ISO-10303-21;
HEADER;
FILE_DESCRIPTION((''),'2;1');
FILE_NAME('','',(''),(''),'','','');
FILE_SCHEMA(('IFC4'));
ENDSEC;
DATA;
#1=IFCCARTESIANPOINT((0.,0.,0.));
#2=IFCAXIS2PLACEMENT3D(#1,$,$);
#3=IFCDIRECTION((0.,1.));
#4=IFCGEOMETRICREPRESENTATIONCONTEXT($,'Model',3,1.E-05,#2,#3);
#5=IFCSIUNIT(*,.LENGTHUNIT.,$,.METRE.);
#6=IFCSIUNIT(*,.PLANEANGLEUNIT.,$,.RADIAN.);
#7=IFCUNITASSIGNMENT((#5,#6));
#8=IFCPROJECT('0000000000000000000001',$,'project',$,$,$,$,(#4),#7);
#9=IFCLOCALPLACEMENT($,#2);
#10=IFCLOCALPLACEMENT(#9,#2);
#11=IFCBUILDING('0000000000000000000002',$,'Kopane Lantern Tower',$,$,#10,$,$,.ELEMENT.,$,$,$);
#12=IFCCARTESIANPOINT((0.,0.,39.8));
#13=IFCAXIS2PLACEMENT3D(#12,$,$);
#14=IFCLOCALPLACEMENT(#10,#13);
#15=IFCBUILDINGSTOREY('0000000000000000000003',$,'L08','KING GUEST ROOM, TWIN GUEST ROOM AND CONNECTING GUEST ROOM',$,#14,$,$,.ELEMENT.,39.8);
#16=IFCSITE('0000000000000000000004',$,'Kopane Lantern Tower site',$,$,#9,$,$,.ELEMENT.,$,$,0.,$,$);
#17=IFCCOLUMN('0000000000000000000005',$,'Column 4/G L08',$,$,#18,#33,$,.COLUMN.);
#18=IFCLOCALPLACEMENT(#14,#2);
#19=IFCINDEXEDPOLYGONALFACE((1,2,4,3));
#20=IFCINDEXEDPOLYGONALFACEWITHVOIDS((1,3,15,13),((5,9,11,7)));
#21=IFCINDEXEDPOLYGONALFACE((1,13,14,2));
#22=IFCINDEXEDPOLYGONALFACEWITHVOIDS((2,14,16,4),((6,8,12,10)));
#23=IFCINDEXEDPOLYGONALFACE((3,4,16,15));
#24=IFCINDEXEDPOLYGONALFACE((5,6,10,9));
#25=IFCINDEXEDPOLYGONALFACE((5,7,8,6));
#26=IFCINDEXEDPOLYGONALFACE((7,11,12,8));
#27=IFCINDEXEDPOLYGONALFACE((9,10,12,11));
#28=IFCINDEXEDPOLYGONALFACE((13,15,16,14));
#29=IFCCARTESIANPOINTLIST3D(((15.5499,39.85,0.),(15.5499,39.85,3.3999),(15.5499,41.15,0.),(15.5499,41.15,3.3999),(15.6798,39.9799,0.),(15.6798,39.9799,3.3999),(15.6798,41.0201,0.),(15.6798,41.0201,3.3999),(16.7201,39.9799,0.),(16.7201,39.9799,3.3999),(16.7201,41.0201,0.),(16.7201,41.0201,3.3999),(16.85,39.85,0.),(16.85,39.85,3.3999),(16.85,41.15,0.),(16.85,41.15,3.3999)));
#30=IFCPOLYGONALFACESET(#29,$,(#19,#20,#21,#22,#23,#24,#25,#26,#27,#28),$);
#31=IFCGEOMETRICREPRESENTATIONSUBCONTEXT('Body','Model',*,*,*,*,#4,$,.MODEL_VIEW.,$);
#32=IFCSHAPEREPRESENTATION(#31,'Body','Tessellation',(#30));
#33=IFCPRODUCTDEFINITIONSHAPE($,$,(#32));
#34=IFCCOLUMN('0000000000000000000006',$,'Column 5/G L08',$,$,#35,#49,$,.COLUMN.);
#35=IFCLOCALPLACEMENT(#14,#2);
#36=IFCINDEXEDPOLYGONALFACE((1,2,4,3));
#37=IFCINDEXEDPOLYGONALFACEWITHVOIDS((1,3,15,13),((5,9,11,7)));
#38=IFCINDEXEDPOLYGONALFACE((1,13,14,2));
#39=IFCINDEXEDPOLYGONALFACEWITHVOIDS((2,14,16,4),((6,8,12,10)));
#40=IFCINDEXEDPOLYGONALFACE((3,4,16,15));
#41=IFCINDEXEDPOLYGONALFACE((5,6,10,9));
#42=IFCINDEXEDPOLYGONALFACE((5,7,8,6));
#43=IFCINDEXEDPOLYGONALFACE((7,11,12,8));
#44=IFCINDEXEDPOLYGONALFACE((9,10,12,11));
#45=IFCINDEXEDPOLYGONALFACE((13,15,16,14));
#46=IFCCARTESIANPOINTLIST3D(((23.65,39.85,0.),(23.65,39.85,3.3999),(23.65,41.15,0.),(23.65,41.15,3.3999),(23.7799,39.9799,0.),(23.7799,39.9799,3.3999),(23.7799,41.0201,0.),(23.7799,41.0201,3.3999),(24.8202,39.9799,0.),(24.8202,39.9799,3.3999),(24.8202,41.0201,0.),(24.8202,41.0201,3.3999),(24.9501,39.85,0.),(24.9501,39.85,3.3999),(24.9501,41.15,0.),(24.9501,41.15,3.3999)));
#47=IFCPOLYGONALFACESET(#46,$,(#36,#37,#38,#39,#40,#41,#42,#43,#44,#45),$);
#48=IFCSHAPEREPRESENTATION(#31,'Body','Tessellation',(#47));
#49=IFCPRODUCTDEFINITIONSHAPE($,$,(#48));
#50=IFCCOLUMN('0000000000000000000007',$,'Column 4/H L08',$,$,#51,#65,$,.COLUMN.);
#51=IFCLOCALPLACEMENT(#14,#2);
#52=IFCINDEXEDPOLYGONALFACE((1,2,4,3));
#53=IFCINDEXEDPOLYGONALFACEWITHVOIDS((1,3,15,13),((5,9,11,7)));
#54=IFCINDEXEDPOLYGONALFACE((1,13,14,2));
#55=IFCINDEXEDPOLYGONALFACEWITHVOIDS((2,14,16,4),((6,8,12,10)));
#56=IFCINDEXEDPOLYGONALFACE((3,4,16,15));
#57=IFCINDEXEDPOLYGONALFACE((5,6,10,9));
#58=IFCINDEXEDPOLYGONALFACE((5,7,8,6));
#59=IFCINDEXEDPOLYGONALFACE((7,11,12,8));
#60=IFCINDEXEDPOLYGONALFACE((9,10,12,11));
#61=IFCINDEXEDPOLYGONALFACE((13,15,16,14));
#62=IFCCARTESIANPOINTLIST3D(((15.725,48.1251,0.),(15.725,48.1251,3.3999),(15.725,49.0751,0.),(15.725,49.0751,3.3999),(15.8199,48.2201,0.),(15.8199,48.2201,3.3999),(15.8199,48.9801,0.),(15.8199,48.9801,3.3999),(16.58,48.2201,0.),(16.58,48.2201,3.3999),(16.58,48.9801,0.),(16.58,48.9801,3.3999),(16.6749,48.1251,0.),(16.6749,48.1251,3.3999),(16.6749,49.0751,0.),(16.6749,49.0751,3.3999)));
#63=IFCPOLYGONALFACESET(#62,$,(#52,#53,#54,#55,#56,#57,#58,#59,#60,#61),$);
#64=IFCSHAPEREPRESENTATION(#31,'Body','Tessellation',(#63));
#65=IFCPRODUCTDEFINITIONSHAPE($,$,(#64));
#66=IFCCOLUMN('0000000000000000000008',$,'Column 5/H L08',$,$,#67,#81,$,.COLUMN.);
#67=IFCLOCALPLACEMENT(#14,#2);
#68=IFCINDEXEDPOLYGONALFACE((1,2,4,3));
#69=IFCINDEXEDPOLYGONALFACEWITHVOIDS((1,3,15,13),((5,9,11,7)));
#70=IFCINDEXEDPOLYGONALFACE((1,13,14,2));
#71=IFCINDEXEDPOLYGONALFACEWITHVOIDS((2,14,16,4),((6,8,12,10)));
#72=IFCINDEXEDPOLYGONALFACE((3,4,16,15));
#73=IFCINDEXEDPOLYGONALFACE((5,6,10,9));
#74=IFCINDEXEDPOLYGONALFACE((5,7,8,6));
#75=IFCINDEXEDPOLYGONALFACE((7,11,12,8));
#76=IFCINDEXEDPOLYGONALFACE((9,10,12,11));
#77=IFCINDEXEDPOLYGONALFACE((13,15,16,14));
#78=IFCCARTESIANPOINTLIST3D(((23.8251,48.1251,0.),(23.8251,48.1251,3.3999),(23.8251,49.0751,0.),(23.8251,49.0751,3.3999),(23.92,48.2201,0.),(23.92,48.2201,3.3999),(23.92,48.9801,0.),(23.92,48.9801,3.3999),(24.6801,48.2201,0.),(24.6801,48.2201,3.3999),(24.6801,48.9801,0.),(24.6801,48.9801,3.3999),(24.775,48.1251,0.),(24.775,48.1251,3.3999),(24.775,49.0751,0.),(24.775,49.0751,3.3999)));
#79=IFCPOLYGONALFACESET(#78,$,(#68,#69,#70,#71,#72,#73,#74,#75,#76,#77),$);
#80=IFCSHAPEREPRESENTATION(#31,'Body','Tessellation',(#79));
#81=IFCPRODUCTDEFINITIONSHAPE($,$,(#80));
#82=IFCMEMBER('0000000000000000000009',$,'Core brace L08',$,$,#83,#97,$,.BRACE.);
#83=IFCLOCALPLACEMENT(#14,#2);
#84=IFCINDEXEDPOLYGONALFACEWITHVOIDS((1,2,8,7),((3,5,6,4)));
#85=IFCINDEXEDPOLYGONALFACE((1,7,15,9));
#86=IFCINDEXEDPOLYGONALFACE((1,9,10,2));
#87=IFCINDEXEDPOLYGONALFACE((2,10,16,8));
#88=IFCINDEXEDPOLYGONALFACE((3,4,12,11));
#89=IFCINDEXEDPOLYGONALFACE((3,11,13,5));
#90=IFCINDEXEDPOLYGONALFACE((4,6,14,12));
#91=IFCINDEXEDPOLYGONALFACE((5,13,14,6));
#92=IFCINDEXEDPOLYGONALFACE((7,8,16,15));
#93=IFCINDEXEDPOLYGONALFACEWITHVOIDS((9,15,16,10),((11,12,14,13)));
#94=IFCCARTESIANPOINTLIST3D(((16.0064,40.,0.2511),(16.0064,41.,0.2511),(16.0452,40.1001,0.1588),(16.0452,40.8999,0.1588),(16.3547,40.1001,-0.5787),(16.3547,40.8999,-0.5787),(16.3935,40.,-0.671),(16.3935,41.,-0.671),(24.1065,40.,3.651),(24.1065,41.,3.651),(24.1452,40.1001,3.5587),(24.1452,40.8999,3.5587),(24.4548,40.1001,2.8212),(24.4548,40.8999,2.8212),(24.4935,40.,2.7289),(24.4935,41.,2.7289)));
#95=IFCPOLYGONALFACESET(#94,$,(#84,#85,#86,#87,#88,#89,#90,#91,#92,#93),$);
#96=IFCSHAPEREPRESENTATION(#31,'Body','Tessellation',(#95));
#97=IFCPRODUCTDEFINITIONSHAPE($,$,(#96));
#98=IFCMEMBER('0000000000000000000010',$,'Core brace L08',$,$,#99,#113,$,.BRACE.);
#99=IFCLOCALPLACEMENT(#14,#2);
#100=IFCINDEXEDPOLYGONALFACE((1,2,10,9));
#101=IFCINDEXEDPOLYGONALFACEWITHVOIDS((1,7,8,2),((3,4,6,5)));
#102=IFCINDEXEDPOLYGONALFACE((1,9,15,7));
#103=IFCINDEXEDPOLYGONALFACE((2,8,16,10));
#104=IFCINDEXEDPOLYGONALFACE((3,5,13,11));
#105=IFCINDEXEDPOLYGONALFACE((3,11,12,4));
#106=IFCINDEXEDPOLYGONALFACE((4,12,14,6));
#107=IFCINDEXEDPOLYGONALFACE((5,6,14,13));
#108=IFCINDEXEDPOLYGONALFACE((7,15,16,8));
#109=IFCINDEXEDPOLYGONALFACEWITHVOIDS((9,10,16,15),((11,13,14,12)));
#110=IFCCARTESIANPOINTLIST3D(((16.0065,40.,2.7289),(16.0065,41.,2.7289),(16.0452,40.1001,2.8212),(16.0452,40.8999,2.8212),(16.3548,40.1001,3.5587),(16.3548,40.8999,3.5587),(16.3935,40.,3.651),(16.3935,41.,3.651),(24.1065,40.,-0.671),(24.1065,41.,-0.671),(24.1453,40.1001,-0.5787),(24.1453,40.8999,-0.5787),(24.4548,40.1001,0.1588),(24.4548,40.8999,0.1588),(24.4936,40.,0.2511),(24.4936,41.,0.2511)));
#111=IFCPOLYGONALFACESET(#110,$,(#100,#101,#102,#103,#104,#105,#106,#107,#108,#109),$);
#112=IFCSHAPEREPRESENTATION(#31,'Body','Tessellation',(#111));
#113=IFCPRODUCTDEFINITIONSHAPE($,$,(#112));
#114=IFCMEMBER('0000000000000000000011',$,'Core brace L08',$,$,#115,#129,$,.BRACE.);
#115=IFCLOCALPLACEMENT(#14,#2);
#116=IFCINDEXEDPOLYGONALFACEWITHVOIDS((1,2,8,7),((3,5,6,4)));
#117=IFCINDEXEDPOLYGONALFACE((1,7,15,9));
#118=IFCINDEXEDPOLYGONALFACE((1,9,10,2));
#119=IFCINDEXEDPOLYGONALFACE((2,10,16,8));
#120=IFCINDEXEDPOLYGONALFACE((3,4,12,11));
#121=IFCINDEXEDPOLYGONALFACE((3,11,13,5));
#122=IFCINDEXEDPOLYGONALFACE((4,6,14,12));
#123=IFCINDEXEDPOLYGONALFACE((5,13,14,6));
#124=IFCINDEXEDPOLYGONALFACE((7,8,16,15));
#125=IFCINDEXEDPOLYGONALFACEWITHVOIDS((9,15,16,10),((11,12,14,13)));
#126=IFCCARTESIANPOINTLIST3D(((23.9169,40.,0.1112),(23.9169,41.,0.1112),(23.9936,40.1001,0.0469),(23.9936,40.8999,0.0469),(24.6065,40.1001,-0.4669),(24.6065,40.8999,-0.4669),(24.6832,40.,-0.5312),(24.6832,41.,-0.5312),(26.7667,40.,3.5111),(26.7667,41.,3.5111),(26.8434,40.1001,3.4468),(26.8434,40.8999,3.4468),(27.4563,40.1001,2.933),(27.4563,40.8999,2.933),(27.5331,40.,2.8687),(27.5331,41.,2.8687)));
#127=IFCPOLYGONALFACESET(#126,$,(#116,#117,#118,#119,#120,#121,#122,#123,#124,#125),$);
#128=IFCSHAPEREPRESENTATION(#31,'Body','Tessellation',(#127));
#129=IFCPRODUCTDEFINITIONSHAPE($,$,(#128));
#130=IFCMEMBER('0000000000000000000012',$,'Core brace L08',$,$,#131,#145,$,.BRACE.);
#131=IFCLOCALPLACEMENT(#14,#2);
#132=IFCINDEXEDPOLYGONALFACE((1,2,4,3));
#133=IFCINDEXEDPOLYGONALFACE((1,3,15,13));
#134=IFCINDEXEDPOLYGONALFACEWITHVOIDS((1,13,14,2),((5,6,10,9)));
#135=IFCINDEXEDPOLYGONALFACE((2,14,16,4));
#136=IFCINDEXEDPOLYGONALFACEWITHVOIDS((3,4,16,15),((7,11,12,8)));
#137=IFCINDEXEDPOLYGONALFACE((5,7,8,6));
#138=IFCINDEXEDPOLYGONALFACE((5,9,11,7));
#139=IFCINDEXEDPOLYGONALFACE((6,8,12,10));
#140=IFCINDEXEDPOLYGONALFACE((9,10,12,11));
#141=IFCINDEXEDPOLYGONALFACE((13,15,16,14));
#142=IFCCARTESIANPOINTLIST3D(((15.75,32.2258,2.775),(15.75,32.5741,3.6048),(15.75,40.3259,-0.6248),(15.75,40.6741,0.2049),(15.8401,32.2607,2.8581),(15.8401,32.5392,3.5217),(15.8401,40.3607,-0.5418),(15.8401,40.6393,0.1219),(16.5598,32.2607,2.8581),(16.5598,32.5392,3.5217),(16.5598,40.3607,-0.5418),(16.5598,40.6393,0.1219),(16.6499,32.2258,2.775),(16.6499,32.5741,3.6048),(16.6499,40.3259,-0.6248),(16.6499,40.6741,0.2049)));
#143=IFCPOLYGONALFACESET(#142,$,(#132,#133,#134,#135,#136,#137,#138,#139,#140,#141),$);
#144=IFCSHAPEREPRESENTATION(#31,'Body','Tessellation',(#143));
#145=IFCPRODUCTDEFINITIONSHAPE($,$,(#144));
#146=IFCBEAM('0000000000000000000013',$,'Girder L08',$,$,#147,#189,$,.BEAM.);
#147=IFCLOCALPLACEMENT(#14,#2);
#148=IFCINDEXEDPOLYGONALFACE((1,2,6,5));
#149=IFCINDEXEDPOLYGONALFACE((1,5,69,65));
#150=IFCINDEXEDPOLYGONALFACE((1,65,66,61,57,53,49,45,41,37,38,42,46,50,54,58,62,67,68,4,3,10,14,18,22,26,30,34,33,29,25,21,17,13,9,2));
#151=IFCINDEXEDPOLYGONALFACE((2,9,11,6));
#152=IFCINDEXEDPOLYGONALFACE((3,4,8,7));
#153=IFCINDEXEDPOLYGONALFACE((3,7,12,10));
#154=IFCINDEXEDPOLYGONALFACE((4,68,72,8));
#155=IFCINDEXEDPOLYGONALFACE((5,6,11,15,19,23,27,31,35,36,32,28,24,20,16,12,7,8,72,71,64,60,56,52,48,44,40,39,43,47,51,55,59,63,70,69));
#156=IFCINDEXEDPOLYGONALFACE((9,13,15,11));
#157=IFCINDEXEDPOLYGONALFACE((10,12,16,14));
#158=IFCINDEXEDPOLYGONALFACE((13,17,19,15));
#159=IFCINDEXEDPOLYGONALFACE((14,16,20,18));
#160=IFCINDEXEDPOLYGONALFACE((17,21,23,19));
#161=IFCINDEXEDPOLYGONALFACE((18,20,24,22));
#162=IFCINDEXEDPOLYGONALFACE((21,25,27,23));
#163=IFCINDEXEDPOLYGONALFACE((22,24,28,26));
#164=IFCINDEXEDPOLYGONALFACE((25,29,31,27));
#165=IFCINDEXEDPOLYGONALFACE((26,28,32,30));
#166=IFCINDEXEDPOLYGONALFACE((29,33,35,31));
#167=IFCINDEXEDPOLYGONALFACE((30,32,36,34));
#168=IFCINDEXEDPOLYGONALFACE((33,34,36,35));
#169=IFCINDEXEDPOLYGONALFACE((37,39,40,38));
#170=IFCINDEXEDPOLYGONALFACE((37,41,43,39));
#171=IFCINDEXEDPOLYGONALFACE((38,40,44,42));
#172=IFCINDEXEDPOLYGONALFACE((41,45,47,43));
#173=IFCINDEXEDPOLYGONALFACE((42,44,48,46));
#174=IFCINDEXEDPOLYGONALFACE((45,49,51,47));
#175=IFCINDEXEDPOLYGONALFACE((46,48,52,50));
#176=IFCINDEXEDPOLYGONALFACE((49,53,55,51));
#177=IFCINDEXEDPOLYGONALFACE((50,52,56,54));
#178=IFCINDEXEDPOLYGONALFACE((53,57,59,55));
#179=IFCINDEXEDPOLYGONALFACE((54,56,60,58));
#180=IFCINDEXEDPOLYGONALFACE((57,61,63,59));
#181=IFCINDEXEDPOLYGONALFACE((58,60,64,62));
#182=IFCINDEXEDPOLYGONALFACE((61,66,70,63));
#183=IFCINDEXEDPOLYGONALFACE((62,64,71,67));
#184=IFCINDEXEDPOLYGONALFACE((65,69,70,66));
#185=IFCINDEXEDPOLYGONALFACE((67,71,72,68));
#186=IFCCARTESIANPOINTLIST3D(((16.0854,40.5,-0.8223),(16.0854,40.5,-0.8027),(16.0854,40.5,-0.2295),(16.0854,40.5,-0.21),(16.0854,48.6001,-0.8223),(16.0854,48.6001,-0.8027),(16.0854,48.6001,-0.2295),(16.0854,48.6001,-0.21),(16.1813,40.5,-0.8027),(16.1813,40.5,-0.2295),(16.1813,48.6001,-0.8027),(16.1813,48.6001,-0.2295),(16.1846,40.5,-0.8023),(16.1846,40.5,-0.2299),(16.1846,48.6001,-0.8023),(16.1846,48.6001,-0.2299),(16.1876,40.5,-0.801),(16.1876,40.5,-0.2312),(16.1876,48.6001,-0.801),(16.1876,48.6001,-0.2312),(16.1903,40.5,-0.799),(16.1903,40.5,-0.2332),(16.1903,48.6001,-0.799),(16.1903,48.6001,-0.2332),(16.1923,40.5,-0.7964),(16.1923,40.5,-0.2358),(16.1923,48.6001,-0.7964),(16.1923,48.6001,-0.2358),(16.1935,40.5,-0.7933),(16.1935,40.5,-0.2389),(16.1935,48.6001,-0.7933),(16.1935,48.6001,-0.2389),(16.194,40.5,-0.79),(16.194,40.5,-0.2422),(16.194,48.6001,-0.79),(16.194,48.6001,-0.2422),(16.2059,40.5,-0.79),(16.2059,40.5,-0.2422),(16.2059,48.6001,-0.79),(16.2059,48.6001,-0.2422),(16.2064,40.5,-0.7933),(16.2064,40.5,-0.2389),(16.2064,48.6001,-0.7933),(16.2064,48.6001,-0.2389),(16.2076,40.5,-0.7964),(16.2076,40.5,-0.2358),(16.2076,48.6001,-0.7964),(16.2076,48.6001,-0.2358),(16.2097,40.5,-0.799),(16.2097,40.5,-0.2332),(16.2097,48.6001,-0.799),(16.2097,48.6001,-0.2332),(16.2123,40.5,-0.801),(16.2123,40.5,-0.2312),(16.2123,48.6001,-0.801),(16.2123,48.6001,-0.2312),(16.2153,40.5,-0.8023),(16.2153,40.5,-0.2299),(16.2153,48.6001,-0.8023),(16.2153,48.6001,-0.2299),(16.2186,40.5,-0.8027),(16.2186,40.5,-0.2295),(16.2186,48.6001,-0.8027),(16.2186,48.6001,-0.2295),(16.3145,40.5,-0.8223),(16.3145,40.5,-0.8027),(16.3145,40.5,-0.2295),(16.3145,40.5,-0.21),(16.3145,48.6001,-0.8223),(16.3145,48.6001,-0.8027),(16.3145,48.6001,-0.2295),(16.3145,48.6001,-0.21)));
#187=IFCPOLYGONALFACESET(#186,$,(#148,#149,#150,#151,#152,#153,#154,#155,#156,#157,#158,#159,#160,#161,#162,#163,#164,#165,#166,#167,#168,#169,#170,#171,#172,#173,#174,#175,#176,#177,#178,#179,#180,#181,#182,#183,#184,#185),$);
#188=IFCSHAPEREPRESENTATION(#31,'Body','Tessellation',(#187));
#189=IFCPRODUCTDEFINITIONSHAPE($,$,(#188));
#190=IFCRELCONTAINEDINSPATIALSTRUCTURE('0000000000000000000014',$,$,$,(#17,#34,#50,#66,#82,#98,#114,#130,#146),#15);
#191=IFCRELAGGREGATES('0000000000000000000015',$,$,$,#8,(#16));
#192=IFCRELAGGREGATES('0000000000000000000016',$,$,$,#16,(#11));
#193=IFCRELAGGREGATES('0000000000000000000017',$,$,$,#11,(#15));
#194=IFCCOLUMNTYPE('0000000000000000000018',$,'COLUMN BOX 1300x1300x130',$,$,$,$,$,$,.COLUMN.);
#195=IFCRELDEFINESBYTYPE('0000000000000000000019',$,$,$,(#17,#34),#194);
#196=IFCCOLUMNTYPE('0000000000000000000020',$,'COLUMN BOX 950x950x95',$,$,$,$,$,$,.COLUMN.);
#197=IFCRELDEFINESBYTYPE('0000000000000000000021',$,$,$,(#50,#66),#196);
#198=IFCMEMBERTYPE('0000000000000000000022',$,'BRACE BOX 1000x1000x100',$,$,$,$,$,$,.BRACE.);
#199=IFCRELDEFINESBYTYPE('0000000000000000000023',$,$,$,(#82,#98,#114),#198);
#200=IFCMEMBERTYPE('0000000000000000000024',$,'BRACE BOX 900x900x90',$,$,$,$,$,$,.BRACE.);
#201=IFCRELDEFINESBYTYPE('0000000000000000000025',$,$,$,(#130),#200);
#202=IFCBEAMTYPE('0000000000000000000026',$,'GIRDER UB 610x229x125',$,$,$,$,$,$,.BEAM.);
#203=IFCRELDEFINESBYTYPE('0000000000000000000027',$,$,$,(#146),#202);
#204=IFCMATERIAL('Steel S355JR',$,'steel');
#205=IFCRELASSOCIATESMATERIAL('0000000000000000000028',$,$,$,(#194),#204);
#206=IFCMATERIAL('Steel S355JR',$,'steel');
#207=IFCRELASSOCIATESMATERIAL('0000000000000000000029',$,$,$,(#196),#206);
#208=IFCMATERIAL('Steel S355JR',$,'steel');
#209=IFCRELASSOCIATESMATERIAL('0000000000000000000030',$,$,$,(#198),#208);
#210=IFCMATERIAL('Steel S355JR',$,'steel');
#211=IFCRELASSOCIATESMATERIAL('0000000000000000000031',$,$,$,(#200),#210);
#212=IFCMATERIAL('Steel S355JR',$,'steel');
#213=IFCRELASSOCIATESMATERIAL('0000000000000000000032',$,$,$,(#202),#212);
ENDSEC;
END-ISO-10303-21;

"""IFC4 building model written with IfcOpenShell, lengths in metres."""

from ifc_helpers import new_model, si_unit, direction, frame, origin, origin_2d, place, context, subcontext, project, spatial, hollow_rectangle, i_section, extrude, material, material_profile, profile_set, type_object, element, save


model = new_model("IFC4")

# Units and contexts
model_context = context("Model", 3, precision=1e-05, world=origin(), true_north=direction((0.0, 1.0)))
body_context = subcontext(model_context, "Body", "Model", "MODEL_VIEW")
ifc_project = project(units=[si_unit("LENGTHUNIT", "METRE"), si_unit("PLANEANGLEUNIT", "RADIAN")], contexts=[model_context])

# Site, building, storey
site_placement = place(None, origin())
site = spatial("IfcSite", under=ifc_project, at=site_placement, Name="Kopane Lantern Tower site", CompositionType="ELEMENT", RefElevation=0.0)
building_placement = place(site_placement, origin())
building = spatial("IfcBuilding", under=site, at=building_placement, Name="Kopane Lantern Tower", CompositionType="ELEMENT")
storey_placement = place(building_placement, frame((0.0, 0.0, 39.8)))
storey = spatial("IfcBuildingStorey", under=building, at=storey_placement, Name="L08", Description="KING GUEST ROOM, TWIN GUEST ROOM AND CONNECTING GUEST ROOM", CompositionType="ELEMENT", Elevation=39.8)

# Columns
ifc_material_1 = material(Name="Steel S355JR", Category="steel")
ifc_material_profile_1 = material_profile(ifc_material_1, hollow_rectangle(XDim=1.3, YDim=1.3, WallThickness=0.1299, at=origin_2d()), Name="BOX 1300x1300x130")
ifc_profile_set_1 = profile_set([ifc_material_profile_1], Name="Steel S355JR")
column_type_1 = type_object("IfcColumnType", Name="COLUMN BOX 1300x1300x130", PredefinedType="COLUMN", material=ifc_profile_set_1)
for number, where, z_axis, x_axis, name in (
    (1, (16.2, 40.5, 0.0), (0.0, 0.0, 1.0), (1.0, 0.0, 0.0), "Column 4/G L08"),
    (2, (24.3, 40.5, 0.0), (0.0, 0.0, 1.0), (1.0, 0.0, 0.0), "Column 5/G L08"),
):
    element("IfcColumn", number, at=place(storey_placement, frame(where, z_axis=z_axis, x_axis=x_axis)), inside=storey, type_object=column_type_1, Name=name, PredefinedType="COLUMN", context=body_context, shape_type="SweptSolid", body=[
        extrude(hollow_rectangle(XDim=1.3, YDim=1.3, WallThickness=0.1299, at=origin_2d()), origin(), (0.0, 0.0, 1.0), 3.3999),
    ])
ifc_material_2 = material(Name="Steel S355JR", Category="steel")
ifc_material_profile_2 = material_profile(ifc_material_2, hollow_rectangle(XDim=0.95, YDim=0.95, WallThickness=0.095, at=origin_2d()), Name="BOX 950x950x95")
ifc_profile_set_2 = profile_set([ifc_material_profile_2], Name="Steel S355JR")
column_type_2 = type_object("IfcColumnType", Name="COLUMN BOX 950x950x95", PredefinedType="COLUMN", material=ifc_profile_set_2)
for number, where, z_axis, x_axis, name in (
    (3, (16.2, 48.6001, 0.0), (0.0, 0.0, 1.0), (1.0, 0.0, 0.0), "Column 4/H L08"),
    (4, (24.3, 48.6001, 0.0), (0.0, 0.0, 1.0), (1.0, 0.0, 0.0), "Column 5/H L08"),
):
    element("IfcColumn", number, at=place(storey_placement, frame(where, z_axis=z_axis, x_axis=x_axis)), inside=storey, type_object=column_type_2, Name=name, PredefinedType="COLUMN", context=body_context, shape_type="SweptSolid", body=[
        extrude(hollow_rectangle(XDim=0.95, YDim=0.95, WallThickness=0.095, at=origin_2d()), origin(), (0.0, 0.0, 1.0), 3.3999),
    ])

# Members
ifc_material_3 = material(Name="Steel S355JR", Category="steel")
ifc_material_profile_3 = material_profile(ifc_material_3, hollow_rectangle(XDim=1.0, YDim=1.0, WallThickness=0.1001, at=origin_2d()), Name="BOX 1000x1000x100")
ifc_profile_set_3 = profile_set([ifc_material_profile_3], Name="Steel S355JR")
member_type_1 = type_object("IfcMemberType", Name="BRACE BOX 1000x1000x100", PredefinedType="BRACE", material=ifc_profile_set_3)
for number, where, z_axis, x_axis, name in (
    (5, (16.2, 40.5, -0.21), (0.922069, 0.0, 0.387026), (0.0, 1.0, 0.0), "Core brace L08"),
    (6, (24.3, 40.5, -0.21), (-0.922069, 0.0, 0.387026), (0.0, -1.0, 0.0), "Core brace L08"),
):
    element("IfcMember", number, at=place(storey_placement, frame(where, z_axis=z_axis, x_axis=x_axis)), inside=storey, type_object=member_type_1, Name=name, PredefinedType="BRACE", context=body_context, shape_type="SweptSolid", body=[
        extrude(hollow_rectangle(XDim=1.0, YDim=1.0, WallThickness=0.1001, at=origin_2d()), origin(), (0.0, 0.0, 1.0), 8.7847),
    ])
member_1_placement = place(storey_placement, frame((24.3, 40.5, -0.21), z_axis=(0.64239, 0.0, 0.766378), x_axis=(0.0, 1.0, 0.0)))
element("IfcMember", 7, at=member_1_placement, inside=storey, type_object=member_type_1, Name="Core brace L08", PredefinedType="BRACE", context=body_context, shape_type="SweptSolid", body=[
    extrude(hollow_rectangle(XDim=1.0, YDim=1.0, WallThickness=0.1001, at=origin_2d()), origin(), (0.0, 0.0, 1.0), 4.4363),
])
ifc_material_4 = material(Name="Steel S355JR", Category="steel")
ifc_material_profile_4 = material_profile(ifc_material_4, hollow_rectangle(XDim=0.8999, YDim=0.8999, WallThickness=0.0901, at=origin_2d()), Name="BOX 900x900x90")
ifc_profile_set_4 = profile_set([ifc_material_profile_4], Name="Steel S355JR")
member_type_2 = type_object("IfcMemberType", Name="BRACE BOX 900x900x90", PredefinedType="BRACE", material=ifc_profile_set_4)
member_2_placement = place(storey_placement, frame((16.2, 40.5, -0.21), z_axis=(0.0, -0.922069, 0.387026), x_axis=(1.0, 0.0, 0.0)))
element("IfcMember", 8, at=member_2_placement, inside=storey, type_object=member_type_2, Name="Core brace L08", PredefinedType="BRACE", context=body_context, shape_type="SweptSolid", body=[
    extrude(hollow_rectangle(XDim=0.8999, YDim=0.8999, WallThickness=0.0901, at=origin_2d()), origin(), (0.0, 0.0, 1.0), 8.7847),
])

# Beam
ifc_material_5 = material(Name="Steel S355JR", Category="steel")
ifc_material_profile_5 = material_profile(ifc_material_5, i_section(OverallWidth=0.229, OverallDepth=0.6123, WebThickness=0.012, FlangeThickness=0.0195, FilletRadius=0.0127, at=origin_2d()), Name="UB 610x229x125")
ifc_profile_set_5 = profile_set([ifc_material_profile_5], Name="Steel S355JR")
beam_type_1 = type_object("IfcBeamType", Name="GIRDER UB 610x229x125", PredefinedType="BEAM", material=ifc_profile_set_5)
for number, where, z_axis, x_axis, name in (
    (9, (16.2, 40.5, -0.5161), (0.0, 1.0, 0.0), (-1.0, 0.0, 0.0), "Girder L08"),
):
    element("IfcBeam", number, at=place(storey_placement, frame(where, z_axis=z_axis, x_axis=x_axis)), inside=storey, type_object=beam_type_1, Name=name, PredefinedType="BEAM", context=body_context, shape_type="SweptSolid", body=[
        extrude(i_section(OverallWidth=0.229, OverallDepth=0.6123, WebThickness=0.012, FlangeThickness=0.0195, FilletRadius=0.0127, at=origin_2d()), origin(), (0.0, 0.0, 1.0), 8.1001),
    ])

save(model, "model.ifc")
